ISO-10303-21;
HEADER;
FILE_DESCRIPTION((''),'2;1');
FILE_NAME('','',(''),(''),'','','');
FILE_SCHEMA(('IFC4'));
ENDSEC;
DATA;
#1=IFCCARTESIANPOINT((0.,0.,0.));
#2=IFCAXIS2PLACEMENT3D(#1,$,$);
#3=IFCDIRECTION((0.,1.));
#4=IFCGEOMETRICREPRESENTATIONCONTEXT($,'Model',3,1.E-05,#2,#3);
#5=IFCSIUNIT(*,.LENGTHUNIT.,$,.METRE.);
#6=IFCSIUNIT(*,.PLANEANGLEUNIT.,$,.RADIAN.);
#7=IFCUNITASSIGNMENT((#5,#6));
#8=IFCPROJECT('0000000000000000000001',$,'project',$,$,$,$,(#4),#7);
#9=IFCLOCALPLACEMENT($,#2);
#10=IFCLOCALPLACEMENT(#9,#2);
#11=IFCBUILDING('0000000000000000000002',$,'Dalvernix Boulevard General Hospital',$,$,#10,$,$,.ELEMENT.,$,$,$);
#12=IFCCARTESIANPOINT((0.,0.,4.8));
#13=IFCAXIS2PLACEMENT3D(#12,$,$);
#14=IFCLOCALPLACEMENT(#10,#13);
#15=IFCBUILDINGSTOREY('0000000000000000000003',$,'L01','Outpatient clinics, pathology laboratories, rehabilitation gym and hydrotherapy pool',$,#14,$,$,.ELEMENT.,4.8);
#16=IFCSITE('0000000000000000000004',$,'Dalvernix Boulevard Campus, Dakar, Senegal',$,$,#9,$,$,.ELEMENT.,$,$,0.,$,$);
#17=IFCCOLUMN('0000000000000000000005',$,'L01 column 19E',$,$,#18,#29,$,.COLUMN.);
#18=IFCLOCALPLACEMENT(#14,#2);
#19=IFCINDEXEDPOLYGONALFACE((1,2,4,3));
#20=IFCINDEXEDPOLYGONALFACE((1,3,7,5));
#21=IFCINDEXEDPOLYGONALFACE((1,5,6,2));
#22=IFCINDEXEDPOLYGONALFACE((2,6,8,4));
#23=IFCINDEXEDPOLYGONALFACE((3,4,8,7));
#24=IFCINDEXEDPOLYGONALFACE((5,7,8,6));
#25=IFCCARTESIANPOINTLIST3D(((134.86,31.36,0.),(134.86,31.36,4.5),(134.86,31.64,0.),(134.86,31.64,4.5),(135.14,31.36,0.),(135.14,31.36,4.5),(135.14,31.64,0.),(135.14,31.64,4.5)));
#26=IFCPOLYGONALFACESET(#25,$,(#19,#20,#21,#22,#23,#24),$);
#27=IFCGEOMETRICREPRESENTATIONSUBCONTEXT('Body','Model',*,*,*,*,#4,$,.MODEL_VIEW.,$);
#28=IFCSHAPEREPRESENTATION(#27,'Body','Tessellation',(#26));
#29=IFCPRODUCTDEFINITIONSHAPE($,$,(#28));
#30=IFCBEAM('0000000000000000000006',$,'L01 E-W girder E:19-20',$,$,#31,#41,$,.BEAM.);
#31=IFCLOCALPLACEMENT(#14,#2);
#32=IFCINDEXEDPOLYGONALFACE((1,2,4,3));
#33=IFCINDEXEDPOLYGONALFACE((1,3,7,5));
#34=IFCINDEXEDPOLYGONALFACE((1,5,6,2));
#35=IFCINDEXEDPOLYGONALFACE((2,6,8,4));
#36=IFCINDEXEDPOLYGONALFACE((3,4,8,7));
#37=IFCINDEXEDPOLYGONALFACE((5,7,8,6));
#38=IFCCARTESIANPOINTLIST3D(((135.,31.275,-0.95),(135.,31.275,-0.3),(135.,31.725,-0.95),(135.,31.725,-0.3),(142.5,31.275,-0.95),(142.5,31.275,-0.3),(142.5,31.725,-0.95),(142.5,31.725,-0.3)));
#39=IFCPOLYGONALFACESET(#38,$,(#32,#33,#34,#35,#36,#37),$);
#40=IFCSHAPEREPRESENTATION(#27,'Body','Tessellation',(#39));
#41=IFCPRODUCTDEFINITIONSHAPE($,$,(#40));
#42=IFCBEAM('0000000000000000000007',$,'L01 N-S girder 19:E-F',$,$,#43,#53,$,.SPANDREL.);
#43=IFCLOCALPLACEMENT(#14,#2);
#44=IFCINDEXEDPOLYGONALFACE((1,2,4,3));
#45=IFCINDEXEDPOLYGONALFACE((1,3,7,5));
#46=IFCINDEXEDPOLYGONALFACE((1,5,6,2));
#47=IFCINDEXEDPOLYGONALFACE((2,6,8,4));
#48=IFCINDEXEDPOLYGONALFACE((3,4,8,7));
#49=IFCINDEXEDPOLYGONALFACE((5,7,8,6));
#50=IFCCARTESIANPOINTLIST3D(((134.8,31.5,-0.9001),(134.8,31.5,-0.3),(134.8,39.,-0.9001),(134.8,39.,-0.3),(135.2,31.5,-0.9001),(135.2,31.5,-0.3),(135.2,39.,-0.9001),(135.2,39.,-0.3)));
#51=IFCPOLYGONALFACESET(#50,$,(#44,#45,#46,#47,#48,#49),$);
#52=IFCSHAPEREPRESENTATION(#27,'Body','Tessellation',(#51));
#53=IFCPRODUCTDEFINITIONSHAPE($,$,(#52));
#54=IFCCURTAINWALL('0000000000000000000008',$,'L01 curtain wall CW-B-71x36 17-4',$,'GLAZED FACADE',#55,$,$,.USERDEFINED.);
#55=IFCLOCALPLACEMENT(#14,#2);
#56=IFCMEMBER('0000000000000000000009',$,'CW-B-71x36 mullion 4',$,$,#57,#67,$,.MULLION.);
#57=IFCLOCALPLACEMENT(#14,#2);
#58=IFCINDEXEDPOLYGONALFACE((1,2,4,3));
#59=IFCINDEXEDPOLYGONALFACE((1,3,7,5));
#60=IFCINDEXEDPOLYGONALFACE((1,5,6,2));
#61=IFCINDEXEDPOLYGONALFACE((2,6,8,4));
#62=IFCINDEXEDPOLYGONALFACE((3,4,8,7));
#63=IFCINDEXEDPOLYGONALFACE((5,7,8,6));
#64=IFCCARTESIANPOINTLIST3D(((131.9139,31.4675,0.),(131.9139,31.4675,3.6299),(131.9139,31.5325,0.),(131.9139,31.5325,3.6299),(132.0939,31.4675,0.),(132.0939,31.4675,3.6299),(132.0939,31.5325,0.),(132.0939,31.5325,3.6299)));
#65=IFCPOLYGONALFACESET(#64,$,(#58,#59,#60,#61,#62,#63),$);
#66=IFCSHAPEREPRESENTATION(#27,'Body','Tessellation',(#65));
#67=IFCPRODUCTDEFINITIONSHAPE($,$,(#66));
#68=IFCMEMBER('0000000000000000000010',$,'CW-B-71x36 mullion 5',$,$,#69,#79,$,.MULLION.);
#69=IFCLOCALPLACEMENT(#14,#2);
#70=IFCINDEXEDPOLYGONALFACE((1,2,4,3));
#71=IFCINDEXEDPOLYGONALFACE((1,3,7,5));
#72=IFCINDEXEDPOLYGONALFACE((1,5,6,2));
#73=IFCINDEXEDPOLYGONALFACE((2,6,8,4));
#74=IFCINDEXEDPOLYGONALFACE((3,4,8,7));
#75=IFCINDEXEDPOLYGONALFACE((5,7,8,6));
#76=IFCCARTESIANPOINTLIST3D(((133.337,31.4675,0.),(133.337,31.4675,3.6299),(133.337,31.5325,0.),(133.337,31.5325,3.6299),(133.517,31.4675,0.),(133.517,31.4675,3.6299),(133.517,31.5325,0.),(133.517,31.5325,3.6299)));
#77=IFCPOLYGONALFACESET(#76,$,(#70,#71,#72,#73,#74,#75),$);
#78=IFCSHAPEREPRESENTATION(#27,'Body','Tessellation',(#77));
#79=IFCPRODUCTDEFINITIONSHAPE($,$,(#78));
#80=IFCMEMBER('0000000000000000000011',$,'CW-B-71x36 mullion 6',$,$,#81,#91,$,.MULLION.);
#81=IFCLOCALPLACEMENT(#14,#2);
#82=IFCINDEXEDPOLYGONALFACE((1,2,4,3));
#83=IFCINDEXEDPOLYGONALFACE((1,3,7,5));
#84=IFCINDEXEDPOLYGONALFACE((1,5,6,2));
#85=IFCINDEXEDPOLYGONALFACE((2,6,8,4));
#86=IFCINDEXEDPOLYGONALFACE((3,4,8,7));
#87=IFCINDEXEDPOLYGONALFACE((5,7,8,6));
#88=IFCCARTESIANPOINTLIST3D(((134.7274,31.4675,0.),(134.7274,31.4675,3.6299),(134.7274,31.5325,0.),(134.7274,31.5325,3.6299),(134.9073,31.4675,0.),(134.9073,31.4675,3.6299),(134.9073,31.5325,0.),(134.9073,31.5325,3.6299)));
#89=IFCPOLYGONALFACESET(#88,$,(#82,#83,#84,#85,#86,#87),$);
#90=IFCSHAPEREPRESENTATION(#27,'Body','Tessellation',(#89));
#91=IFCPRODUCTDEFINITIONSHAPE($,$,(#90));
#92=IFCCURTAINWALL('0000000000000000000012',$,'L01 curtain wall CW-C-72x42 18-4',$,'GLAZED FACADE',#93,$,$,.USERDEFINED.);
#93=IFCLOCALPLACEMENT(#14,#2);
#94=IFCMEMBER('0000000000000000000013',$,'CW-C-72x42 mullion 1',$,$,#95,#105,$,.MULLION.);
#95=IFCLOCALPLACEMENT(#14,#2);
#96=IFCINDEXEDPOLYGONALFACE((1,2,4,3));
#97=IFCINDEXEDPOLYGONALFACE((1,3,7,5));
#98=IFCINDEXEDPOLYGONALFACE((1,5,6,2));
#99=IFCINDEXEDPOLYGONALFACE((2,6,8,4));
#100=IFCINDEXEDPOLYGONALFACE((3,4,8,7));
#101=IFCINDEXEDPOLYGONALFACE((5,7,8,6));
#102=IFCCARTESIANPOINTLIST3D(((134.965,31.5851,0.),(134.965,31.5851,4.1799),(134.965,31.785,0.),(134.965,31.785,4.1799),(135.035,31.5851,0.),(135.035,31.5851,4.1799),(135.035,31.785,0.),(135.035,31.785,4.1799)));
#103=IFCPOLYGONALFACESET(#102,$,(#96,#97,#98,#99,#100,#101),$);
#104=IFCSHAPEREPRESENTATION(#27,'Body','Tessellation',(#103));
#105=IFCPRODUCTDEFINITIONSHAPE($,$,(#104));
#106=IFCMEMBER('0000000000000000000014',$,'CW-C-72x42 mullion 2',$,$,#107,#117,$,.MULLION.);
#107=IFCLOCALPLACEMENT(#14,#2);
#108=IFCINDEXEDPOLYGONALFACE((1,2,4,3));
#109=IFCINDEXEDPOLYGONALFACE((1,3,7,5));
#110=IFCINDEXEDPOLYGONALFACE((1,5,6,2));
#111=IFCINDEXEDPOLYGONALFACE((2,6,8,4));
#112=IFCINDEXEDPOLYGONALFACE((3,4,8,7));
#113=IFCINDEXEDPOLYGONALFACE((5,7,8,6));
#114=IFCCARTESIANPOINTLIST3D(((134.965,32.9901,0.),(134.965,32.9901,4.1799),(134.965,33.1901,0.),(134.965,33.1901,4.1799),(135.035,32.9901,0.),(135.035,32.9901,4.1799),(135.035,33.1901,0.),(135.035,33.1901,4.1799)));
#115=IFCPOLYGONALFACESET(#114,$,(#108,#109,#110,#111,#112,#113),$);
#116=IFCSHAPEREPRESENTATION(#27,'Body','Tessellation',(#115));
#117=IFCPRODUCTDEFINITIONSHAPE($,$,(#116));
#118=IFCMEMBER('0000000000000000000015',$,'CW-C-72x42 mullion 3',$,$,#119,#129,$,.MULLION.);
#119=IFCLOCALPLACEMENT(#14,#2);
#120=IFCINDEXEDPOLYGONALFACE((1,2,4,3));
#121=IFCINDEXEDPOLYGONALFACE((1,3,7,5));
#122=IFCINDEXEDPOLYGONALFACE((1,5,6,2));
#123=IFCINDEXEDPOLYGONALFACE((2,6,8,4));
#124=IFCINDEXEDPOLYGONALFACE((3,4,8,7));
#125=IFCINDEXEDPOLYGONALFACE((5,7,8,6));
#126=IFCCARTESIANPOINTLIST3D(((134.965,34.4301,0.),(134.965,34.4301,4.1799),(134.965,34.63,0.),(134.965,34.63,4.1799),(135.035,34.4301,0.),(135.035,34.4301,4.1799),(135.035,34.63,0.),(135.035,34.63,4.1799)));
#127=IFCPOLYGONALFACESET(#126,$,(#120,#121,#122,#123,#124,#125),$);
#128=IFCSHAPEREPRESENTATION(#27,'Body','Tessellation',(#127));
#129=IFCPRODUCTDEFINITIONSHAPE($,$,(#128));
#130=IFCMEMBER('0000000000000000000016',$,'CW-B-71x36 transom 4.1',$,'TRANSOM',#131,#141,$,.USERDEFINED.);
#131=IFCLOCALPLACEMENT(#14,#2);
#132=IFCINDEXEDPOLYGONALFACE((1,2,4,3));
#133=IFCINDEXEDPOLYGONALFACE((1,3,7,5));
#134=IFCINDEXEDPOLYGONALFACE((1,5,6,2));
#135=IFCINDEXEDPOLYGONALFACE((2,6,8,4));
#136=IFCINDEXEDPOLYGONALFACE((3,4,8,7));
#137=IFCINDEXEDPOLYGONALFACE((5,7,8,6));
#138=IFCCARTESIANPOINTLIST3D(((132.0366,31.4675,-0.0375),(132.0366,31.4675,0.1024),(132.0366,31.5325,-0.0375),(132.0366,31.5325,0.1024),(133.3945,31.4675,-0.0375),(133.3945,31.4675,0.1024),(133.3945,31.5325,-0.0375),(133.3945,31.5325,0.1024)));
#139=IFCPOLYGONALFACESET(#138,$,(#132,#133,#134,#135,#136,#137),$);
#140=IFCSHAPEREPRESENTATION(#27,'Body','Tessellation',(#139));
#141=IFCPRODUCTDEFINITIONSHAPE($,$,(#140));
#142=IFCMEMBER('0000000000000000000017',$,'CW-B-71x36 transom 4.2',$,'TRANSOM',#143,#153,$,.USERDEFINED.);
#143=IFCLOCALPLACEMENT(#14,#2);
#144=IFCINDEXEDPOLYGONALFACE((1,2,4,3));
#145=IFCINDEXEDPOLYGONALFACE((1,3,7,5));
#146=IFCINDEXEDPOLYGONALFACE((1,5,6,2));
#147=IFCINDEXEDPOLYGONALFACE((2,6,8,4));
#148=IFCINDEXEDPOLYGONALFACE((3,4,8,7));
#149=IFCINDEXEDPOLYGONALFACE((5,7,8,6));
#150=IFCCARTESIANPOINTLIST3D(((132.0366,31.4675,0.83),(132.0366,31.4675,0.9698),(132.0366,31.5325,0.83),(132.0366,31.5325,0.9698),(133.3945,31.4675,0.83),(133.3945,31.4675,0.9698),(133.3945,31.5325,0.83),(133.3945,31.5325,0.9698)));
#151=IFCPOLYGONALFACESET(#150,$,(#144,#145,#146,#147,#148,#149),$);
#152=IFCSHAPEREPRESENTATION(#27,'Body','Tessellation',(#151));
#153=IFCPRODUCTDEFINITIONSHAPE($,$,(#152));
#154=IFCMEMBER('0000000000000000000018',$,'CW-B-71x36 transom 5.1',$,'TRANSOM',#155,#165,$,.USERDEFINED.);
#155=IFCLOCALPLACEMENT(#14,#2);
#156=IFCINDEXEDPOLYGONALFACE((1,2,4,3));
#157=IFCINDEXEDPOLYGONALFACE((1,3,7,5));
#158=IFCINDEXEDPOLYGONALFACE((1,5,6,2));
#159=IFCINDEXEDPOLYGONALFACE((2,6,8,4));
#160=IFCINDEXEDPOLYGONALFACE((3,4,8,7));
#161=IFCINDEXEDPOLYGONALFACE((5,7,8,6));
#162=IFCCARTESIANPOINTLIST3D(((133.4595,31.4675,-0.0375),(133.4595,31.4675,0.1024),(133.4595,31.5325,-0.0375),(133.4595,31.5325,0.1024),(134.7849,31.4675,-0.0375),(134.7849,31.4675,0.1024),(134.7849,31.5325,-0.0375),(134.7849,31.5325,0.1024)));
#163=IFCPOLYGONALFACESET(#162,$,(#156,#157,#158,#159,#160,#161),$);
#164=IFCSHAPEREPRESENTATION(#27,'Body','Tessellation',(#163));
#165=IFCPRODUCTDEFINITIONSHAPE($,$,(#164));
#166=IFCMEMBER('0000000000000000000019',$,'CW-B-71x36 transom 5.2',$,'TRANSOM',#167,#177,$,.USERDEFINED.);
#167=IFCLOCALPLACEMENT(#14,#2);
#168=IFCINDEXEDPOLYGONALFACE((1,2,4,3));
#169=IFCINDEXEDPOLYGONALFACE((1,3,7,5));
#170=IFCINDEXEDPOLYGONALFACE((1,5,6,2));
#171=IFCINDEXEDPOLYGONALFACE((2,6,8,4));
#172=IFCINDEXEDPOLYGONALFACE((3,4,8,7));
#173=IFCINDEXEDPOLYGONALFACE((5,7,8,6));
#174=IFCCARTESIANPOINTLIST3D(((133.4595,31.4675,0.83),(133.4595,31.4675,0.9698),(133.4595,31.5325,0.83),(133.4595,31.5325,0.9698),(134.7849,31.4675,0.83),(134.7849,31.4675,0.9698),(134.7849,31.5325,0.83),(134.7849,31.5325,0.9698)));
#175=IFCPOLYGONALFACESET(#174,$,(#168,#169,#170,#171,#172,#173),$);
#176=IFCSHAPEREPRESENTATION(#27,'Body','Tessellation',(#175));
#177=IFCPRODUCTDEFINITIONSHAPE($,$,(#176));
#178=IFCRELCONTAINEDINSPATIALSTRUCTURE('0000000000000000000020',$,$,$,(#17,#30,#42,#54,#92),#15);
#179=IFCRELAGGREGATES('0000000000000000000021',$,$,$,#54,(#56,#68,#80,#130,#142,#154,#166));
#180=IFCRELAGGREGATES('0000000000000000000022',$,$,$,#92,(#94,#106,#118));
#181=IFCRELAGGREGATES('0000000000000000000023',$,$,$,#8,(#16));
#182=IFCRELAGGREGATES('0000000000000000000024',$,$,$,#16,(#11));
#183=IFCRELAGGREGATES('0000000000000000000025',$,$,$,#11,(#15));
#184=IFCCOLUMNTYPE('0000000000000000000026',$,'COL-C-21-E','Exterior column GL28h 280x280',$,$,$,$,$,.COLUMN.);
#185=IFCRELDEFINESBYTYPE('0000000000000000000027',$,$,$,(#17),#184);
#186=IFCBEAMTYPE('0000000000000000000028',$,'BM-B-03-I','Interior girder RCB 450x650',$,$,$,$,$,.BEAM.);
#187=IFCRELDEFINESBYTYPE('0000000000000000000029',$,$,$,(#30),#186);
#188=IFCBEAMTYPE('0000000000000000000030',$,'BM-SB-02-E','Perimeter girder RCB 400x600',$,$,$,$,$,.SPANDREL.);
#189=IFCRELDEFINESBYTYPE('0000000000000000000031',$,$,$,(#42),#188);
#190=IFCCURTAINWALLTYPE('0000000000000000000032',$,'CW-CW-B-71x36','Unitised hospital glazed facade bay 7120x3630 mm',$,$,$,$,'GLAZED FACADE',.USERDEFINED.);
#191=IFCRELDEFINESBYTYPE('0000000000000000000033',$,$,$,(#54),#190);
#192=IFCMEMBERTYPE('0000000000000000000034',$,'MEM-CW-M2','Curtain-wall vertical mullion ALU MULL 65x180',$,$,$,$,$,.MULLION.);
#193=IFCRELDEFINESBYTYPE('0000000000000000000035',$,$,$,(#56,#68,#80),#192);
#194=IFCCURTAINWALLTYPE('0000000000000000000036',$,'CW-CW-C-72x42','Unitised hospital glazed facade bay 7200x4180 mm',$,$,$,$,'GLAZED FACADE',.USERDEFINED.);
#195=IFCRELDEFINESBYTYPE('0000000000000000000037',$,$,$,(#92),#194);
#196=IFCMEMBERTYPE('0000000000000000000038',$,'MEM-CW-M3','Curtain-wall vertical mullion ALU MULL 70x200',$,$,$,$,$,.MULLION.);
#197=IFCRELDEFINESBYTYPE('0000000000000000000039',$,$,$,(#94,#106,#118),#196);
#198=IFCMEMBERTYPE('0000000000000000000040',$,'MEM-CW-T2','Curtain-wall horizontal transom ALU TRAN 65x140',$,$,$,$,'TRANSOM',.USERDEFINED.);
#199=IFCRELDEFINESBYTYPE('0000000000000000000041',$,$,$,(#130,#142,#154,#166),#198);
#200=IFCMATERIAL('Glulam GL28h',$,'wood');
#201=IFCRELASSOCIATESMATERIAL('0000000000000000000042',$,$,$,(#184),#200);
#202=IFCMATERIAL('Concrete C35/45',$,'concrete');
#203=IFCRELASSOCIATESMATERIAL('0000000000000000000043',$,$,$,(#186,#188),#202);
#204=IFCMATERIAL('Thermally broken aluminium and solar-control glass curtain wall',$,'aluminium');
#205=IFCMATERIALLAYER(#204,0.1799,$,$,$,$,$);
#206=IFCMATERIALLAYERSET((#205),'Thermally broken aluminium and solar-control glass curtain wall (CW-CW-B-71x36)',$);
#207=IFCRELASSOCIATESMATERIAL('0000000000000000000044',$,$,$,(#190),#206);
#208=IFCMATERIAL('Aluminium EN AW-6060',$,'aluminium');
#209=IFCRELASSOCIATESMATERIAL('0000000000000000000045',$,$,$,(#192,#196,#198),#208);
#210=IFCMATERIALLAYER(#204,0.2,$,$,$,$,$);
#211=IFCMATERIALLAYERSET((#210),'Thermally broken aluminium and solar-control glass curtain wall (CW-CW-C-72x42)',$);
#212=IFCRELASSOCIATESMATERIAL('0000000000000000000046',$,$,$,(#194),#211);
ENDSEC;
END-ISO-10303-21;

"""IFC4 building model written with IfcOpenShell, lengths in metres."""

from ifc_helpers import new_model, si_unit, direction, frame, origin, origin_2d, place, context, subcontext, project, spatial, rectangle, extrude, material, layer, layer_set, material_profile, profile_set, type_object, element, aggregate, save


model = new_model("IFC4")

# Units and contexts
model_context = context("Model", 3, precision=1e-05, world=origin(), true_north=direction((0.0, 1.0)))
body_context = subcontext(model_context, "Body", "Model", "MODEL_VIEW")
ifc_project = project(units=[si_unit("LENGTHUNIT", "METRE"), si_unit("PLANEANGLEUNIT", "RADIAN")], contexts=[model_context])

# Site, building, storey
site_placement = place(None, origin())
site = spatial("IfcSite", under=ifc_project, at=site_placement, Name="Dalvernix Boulevard Campus, Dakar, Senegal", CompositionType="ELEMENT", RefElevation=0.0)
building_placement = place(site_placement, origin())
building = spatial("IfcBuilding", under=site, at=building_placement, Name="Dalvernix Boulevard General Hospital", CompositionType="ELEMENT")
storey_placement = place(building_placement, frame((0.0, 0.0, 4.8)))
storey = spatial("IfcBuildingStorey", under=building, at=storey_placement, Name="L01", Description="Outpatient clinics, pathology laboratories, rehabilitation gym and hydrotherapy pool", CompositionType="ELEMENT", Elevation=4.8)

# Column
ifc_material_1 = material(Name="Glulam GL28h", Category="wood")
ifc_material_profile_1 = material_profile(ifc_material_1, rectangle(XDim=0.28, YDim=0.28, at=origin_2d()), Name="GL28h 280x280")
ifc_profile_set_1 = profile_set([ifc_material_profile_1], Name="Glulam GL28h")
column_type = type_object("IfcColumnType", Name="COL-C-21-E", Description="Exterior column GL28h 280x280", PredefinedType="COLUMN", material=ifc_profile_set_1)
column_placement = place(storey_placement, frame((135.0, 31.5, 0.0), z_axis=(0.0, 0.0, 1.0), x_axis=(1.0, 0.0, 0.0)))
element("IfcColumn", 1, at=column_placement, inside=storey, type_object=column_type, Name="L01 column 19E", PredefinedType="COLUMN", context=body_context, shape_type="SweptSolid", body=[
    extrude(rectangle(XDim=0.28, YDim=0.28, at=origin_2d()), origin(), (0.0, 0.0, 1.0), 4.5),
])

# Beams
ifc_material_2 = material(Name="Concrete C35/45", Category="concrete")
ifc_material_profile_2 = material_profile(ifc_material_2, rectangle(XDim=0.45, YDim=0.6499, at=origin_2d()), Name="RCB 450x650")
ifc_profile_set_2 = profile_set([ifc_material_profile_2], Name="Concrete C35/45")
beam_type_1 = type_object("IfcBeamType", Name="BM-B-03-I", Description="Interior girder RCB 450x650", PredefinedType="BEAM", material=ifc_profile_set_2)
beam_1_placement = place(storey_placement, frame((135.0, 31.5, -0.625), z_axis=(1.0, 0.0, 0.0), x_axis=(0.0, 1.0, 0.0)))
element("IfcBeam", 2, at=beam_1_placement, inside=storey, type_object=beam_type_1, Name="L01 E-W girder E:19-20", PredefinedType="BEAM", context=body_context, shape_type="SweptSolid", body=[
    extrude(rectangle(XDim=0.45, YDim=0.6499, at=origin_2d()), origin(), (0.0, 0.0, 1.0), 7.5),
])
ifc_material_profile_3 = material_profile(ifc_material_2, rectangle(XDim=0.3999, YDim=0.6001, at=origin_2d()), Name="RCB 400x600")
ifc_profile_set_3 = profile_set([ifc_material_profile_3], Name="Concrete C35/45")
beam_type_2 = type_object("IfcBeamType", Name="BM-SB-02-E", Description="Perimeter girder RCB 400x600", PredefinedType="SPANDREL", material=ifc_profile_set_3)
beam_2_placement = place(storey_placement, frame((135.0, 31.5, -0.6001), z_axis=(0.0, 1.0, 0.0), x_axis=(-1.0, 0.0, 0.0)))
element("IfcBeam", 3, at=beam_2_placement, inside=storey, type_object=beam_type_2, Name="L01 N-S girder 19:E-F", PredefinedType="SPANDREL", context=body_context, shape_type="SweptSolid", body=[
    extrude(rectangle(XDim=0.3999, YDim=0.6001, at=origin_2d()), origin(), (0.0, 0.0, 1.0), 7.5),
])

# Curtain walls, members
ifc_material_3 = material(Name="Thermally broken aluminium and solar-control glass curtain wall", Category="aluminium")
ifc_layer_1 = layer(ifc_material_3, 0.1799)
ifc_layer_set_1 = layer_set([ifc_layer_1], Name="Thermally broken aluminium and solar-control glass curtain wall (CW-CW-B-71x36)")
curtain_wall_type_1 = type_object("IfcCurtainWallType", Name="CW-CW-B-71x36", Description="Unitised hospital glazed facade bay 7120x3630 mm", ElementType="GLAZED FACADE", PredefinedType="USERDEFINED", material=ifc_layer_set_1)
curtain_wall_1_placement = place(storey_placement, origin())
curtain_wall_1 = element("IfcCurtainWall", 4, at=curtain_wall_1_placement, inside=storey, type_object=curtain_wall_type_1, Name="L01 curtain wall CW-B-71x36 17-4", ObjectType="GLAZED FACADE", PredefinedType="USERDEFINED")
ifc_material_4 = material(Name="Aluminium EN AW-6060", Category="aluminium")
ifc_material_profile_4 = material_profile(ifc_material_4, rectangle(XDim=0.0649, YDim=0.1799, at=origin_2d()), Name="ALU MULL 65x180")
ifc_profile_set_4 = profile_set([ifc_material_profile_4], Name="Aluminium EN AW-6060")
member_type_1 = type_object("IfcMemberType", Name="MEM-CW-M2", Description="Curtain-wall vertical mullion ALU MULL 65x180", PredefinedType="MULLION", material=ifc_profile_set_4)
member_1_placement = place(storey_placement, frame((132.0039, 31.5, 0.0), z_axis=(0.0, 0.0, 1.0), x_axis=(0.0, 1.0, 0.0)))
member_1 = element("IfcMember", 5, at=member_1_placement, type_object=member_type_1, Name="CW-B-71x36 mullion 4", PredefinedType="MULLION", context=body_context, shape_type="SweptSolid", body=[
    extrude(rectangle(XDim=0.0649, YDim=0.1799, at=origin_2d()), origin(), (0.0, 0.0, 1.0), 3.6299),
])
member_2_placement = place(storey_placement, frame((133.427, 31.5, 0.0), z_axis=(0.0, 0.0, 1.0), x_axis=(0.0, 1.0, 0.0)))
member_2 = element("IfcMember", 6, at=member_2_placement, type_object=member_type_1, Name="CW-B-71x36 mullion 5", PredefinedType="MULLION", context=body_context, shape_type="SweptSolid", body=[
    extrude(rectangle(XDim=0.0649, YDim=0.1799, at=origin_2d()), origin(), (0.0, 0.0, 1.0), 3.6299),
])
member_3_placement = place(storey_placement, frame((134.8174, 31.5, 0.0), z_axis=(0.0, 0.0, 1.0), x_axis=(0.0, 1.0, 0.0)))
member_3 = element("IfcMember", 7, at=member_3_placement, type_object=member_type_1, Name="CW-B-71x36 mullion 6", PredefinedType="MULLION", context=body_context, shape_type="SweptSolid", body=[
    extrude(rectangle(XDim=0.0649, YDim=0.1799, at=origin_2d()), origin(), (0.0, 0.0, 1.0), 3.6299),
])
ifc_layer_2 = layer(ifc_material_3, 0.2)
ifc_layer_set_2 = layer_set([ifc_layer_2], Name="Thermally broken aluminium and solar-control glass curtain wall (CW-CW-C-72x42)")
curtain_wall_type_2 = type_object("IfcCurtainWallType", Name="CW-CW-C-72x42", Description="Unitised hospital glazed facade bay 7200x4180 mm", ElementType="GLAZED FACADE", PredefinedType="USERDEFINED", material=ifc_layer_set_2)
curtain_wall_2_placement = place(storey_placement, origin())
curtain_wall_2 = element("IfcCurtainWall", 8, at=curtain_wall_2_placement, inside=storey, type_object=curtain_wall_type_2, Name="L01 curtain wall CW-C-72x42 18-4", ObjectType="GLAZED FACADE", PredefinedType="USERDEFINED")
ifc_material_profile_5 = material_profile(ifc_material_4, rectangle(XDim=0.0701, YDim=0.2, at=origin_2d()), Name="ALU MULL 70x200")
ifc_profile_set_5 = profile_set([ifc_material_profile_5], Name="Aluminium EN AW-6060")
member_type_2 = type_object("IfcMemberType", Name="MEM-CW-M3", Description="Curtain-wall vertical mullion ALU MULL 70x200", PredefinedType="MULLION", material=ifc_profile_set_5)
member_4_placement = place(storey_placement, frame((135.0, 31.6851, 0.0), z_axis=(0.0, 0.0, 1.0), x_axis=(-1.0, 0.0, 0.0)))
member_4 = element("IfcMember", 9, at=member_4_placement, type_object=member_type_2, Name="CW-C-72x42 mullion 1", PredefinedType="MULLION", context=body_context, shape_type="SweptSolid", body=[
    extrude(rectangle(XDim=0.0701, YDim=0.2, at=origin_2d()), origin(), (0.0, 0.0, 1.0), 4.1799),
])
member_5_placement = place(storey_placement, frame((135.0, 33.0901, 0.0), z_axis=(0.0, 0.0, 1.0), x_axis=(-1.0, 0.0, 0.0)))
member_5 = element("IfcMember", 10, at=member_5_placement, type_object=member_type_2, Name="CW-C-72x42 mullion 2", PredefinedType="MULLION", context=body_context, shape_type="SweptSolid", body=[
    extrude(rectangle(XDim=0.0701, YDim=0.2, at=origin_2d()), origin(), (0.0, 0.0, 1.0), 4.1799),
])
member_6_placement = place(storey_placement, frame((135.0, 34.53, 0.0), z_axis=(0.0, 0.0, 1.0), x_axis=(-1.0, 0.0, 0.0)))
member_6 = element("IfcMember", 11, at=member_6_placement, type_object=member_type_2, Name="CW-C-72x42 mullion 3", PredefinedType="MULLION", context=body_context, shape_type="SweptSolid", body=[
    extrude(rectangle(XDim=0.0701, YDim=0.2, at=origin_2d()), origin(), (0.0, 0.0, 1.0), 4.1799),
])

# Members
ifc_material_profile_6 = material_profile(ifc_material_4, rectangle(XDim=0.0649, YDim=0.1399, at=origin_2d()), Name="ALU TRAN 65x140")
ifc_profile_set_6 = profile_set([ifc_material_profile_6], Name="Aluminium EN AW-6060")
member_type_3 = type_object("IfcMemberType", Name="MEM-CW-T2", Description="Curtain-wall horizontal transom ALU TRAN 65x140", ElementType="TRANSOM", PredefinedType="USERDEFINED", material=ifc_profile_set_6)
member_7_placement = place(storey_placement, frame((132.0366, 31.5, 0.0325), z_axis=(1.0, 0.0, 0.0), x_axis=(0.0, 1.0, 0.0)))
member_7 = element("IfcMember", 12, at=member_7_placement, type_object=member_type_3, Name="CW-B-71x36 transom 4.1", ObjectType="TRANSOM", PredefinedType="USERDEFINED", context=body_context, shape_type="SweptSolid", body=[
    extrude(rectangle(XDim=0.0649, YDim=0.1399, at=origin_2d()), origin(), (0.0, 0.0, 1.0), 1.3579),
])
member_8_placement = place(storey_placement, frame((132.0366, 31.5, 0.8999), z_axis=(1.0, 0.0, 0.0), x_axis=(0.0, 1.0, 0.0)))
member_8 = element("IfcMember", 13, at=member_8_placement, type_object=member_type_3, Name="CW-B-71x36 transom 4.2", ObjectType="TRANSOM", PredefinedType="USERDEFINED", context=body_context, shape_type="SweptSolid", body=[
    extrude(rectangle(XDim=0.0649, YDim=0.1399, at=origin_2d()), origin(), (0.0, 0.0, 1.0), 1.3579),
])
member_9_placement = place(storey_placement, frame((133.4595, 31.5, 0.0325), z_axis=(1.0, 0.0, 0.0), x_axis=(0.0, 1.0, 0.0)))
member_9 = element("IfcMember", 14, at=member_9_placement, type_object=member_type_3, Name="CW-B-71x36 transom 5.1", ObjectType="TRANSOM", PredefinedType="USERDEFINED", context=body_context, shape_type="SweptSolid", body=[
    extrude(rectangle(XDim=0.0649, YDim=0.1399, at=origin_2d()), origin(), (0.0, 0.0, 1.0), 1.3254),
])
member_10_placement = place(storey_placement, frame((133.4595, 31.5, 0.8999), z_axis=(1.0, 0.0, 0.0), x_axis=(0.0, 1.0, 0.0)))
member_10 = element("IfcMember", 15, at=member_10_placement, type_object=member_type_3, Name="CW-B-71x36 transom 5.2", ObjectType="TRANSOM", PredefinedType="USERDEFINED", context=body_context, shape_type="SweptSolid", body=[
    extrude(rectangle(XDim=0.0649, YDim=0.1399, at=origin_2d()), origin(), (0.0, 0.0, 1.0), 1.3254),
])

aggregate(curtain_wall_1, [member_1, member_2, member_3, member_7, member_8, member_9, member_10])
aggregate(curtain_wall_2, [member_4, member_5, member_6])

save(model, "model.ifc")
